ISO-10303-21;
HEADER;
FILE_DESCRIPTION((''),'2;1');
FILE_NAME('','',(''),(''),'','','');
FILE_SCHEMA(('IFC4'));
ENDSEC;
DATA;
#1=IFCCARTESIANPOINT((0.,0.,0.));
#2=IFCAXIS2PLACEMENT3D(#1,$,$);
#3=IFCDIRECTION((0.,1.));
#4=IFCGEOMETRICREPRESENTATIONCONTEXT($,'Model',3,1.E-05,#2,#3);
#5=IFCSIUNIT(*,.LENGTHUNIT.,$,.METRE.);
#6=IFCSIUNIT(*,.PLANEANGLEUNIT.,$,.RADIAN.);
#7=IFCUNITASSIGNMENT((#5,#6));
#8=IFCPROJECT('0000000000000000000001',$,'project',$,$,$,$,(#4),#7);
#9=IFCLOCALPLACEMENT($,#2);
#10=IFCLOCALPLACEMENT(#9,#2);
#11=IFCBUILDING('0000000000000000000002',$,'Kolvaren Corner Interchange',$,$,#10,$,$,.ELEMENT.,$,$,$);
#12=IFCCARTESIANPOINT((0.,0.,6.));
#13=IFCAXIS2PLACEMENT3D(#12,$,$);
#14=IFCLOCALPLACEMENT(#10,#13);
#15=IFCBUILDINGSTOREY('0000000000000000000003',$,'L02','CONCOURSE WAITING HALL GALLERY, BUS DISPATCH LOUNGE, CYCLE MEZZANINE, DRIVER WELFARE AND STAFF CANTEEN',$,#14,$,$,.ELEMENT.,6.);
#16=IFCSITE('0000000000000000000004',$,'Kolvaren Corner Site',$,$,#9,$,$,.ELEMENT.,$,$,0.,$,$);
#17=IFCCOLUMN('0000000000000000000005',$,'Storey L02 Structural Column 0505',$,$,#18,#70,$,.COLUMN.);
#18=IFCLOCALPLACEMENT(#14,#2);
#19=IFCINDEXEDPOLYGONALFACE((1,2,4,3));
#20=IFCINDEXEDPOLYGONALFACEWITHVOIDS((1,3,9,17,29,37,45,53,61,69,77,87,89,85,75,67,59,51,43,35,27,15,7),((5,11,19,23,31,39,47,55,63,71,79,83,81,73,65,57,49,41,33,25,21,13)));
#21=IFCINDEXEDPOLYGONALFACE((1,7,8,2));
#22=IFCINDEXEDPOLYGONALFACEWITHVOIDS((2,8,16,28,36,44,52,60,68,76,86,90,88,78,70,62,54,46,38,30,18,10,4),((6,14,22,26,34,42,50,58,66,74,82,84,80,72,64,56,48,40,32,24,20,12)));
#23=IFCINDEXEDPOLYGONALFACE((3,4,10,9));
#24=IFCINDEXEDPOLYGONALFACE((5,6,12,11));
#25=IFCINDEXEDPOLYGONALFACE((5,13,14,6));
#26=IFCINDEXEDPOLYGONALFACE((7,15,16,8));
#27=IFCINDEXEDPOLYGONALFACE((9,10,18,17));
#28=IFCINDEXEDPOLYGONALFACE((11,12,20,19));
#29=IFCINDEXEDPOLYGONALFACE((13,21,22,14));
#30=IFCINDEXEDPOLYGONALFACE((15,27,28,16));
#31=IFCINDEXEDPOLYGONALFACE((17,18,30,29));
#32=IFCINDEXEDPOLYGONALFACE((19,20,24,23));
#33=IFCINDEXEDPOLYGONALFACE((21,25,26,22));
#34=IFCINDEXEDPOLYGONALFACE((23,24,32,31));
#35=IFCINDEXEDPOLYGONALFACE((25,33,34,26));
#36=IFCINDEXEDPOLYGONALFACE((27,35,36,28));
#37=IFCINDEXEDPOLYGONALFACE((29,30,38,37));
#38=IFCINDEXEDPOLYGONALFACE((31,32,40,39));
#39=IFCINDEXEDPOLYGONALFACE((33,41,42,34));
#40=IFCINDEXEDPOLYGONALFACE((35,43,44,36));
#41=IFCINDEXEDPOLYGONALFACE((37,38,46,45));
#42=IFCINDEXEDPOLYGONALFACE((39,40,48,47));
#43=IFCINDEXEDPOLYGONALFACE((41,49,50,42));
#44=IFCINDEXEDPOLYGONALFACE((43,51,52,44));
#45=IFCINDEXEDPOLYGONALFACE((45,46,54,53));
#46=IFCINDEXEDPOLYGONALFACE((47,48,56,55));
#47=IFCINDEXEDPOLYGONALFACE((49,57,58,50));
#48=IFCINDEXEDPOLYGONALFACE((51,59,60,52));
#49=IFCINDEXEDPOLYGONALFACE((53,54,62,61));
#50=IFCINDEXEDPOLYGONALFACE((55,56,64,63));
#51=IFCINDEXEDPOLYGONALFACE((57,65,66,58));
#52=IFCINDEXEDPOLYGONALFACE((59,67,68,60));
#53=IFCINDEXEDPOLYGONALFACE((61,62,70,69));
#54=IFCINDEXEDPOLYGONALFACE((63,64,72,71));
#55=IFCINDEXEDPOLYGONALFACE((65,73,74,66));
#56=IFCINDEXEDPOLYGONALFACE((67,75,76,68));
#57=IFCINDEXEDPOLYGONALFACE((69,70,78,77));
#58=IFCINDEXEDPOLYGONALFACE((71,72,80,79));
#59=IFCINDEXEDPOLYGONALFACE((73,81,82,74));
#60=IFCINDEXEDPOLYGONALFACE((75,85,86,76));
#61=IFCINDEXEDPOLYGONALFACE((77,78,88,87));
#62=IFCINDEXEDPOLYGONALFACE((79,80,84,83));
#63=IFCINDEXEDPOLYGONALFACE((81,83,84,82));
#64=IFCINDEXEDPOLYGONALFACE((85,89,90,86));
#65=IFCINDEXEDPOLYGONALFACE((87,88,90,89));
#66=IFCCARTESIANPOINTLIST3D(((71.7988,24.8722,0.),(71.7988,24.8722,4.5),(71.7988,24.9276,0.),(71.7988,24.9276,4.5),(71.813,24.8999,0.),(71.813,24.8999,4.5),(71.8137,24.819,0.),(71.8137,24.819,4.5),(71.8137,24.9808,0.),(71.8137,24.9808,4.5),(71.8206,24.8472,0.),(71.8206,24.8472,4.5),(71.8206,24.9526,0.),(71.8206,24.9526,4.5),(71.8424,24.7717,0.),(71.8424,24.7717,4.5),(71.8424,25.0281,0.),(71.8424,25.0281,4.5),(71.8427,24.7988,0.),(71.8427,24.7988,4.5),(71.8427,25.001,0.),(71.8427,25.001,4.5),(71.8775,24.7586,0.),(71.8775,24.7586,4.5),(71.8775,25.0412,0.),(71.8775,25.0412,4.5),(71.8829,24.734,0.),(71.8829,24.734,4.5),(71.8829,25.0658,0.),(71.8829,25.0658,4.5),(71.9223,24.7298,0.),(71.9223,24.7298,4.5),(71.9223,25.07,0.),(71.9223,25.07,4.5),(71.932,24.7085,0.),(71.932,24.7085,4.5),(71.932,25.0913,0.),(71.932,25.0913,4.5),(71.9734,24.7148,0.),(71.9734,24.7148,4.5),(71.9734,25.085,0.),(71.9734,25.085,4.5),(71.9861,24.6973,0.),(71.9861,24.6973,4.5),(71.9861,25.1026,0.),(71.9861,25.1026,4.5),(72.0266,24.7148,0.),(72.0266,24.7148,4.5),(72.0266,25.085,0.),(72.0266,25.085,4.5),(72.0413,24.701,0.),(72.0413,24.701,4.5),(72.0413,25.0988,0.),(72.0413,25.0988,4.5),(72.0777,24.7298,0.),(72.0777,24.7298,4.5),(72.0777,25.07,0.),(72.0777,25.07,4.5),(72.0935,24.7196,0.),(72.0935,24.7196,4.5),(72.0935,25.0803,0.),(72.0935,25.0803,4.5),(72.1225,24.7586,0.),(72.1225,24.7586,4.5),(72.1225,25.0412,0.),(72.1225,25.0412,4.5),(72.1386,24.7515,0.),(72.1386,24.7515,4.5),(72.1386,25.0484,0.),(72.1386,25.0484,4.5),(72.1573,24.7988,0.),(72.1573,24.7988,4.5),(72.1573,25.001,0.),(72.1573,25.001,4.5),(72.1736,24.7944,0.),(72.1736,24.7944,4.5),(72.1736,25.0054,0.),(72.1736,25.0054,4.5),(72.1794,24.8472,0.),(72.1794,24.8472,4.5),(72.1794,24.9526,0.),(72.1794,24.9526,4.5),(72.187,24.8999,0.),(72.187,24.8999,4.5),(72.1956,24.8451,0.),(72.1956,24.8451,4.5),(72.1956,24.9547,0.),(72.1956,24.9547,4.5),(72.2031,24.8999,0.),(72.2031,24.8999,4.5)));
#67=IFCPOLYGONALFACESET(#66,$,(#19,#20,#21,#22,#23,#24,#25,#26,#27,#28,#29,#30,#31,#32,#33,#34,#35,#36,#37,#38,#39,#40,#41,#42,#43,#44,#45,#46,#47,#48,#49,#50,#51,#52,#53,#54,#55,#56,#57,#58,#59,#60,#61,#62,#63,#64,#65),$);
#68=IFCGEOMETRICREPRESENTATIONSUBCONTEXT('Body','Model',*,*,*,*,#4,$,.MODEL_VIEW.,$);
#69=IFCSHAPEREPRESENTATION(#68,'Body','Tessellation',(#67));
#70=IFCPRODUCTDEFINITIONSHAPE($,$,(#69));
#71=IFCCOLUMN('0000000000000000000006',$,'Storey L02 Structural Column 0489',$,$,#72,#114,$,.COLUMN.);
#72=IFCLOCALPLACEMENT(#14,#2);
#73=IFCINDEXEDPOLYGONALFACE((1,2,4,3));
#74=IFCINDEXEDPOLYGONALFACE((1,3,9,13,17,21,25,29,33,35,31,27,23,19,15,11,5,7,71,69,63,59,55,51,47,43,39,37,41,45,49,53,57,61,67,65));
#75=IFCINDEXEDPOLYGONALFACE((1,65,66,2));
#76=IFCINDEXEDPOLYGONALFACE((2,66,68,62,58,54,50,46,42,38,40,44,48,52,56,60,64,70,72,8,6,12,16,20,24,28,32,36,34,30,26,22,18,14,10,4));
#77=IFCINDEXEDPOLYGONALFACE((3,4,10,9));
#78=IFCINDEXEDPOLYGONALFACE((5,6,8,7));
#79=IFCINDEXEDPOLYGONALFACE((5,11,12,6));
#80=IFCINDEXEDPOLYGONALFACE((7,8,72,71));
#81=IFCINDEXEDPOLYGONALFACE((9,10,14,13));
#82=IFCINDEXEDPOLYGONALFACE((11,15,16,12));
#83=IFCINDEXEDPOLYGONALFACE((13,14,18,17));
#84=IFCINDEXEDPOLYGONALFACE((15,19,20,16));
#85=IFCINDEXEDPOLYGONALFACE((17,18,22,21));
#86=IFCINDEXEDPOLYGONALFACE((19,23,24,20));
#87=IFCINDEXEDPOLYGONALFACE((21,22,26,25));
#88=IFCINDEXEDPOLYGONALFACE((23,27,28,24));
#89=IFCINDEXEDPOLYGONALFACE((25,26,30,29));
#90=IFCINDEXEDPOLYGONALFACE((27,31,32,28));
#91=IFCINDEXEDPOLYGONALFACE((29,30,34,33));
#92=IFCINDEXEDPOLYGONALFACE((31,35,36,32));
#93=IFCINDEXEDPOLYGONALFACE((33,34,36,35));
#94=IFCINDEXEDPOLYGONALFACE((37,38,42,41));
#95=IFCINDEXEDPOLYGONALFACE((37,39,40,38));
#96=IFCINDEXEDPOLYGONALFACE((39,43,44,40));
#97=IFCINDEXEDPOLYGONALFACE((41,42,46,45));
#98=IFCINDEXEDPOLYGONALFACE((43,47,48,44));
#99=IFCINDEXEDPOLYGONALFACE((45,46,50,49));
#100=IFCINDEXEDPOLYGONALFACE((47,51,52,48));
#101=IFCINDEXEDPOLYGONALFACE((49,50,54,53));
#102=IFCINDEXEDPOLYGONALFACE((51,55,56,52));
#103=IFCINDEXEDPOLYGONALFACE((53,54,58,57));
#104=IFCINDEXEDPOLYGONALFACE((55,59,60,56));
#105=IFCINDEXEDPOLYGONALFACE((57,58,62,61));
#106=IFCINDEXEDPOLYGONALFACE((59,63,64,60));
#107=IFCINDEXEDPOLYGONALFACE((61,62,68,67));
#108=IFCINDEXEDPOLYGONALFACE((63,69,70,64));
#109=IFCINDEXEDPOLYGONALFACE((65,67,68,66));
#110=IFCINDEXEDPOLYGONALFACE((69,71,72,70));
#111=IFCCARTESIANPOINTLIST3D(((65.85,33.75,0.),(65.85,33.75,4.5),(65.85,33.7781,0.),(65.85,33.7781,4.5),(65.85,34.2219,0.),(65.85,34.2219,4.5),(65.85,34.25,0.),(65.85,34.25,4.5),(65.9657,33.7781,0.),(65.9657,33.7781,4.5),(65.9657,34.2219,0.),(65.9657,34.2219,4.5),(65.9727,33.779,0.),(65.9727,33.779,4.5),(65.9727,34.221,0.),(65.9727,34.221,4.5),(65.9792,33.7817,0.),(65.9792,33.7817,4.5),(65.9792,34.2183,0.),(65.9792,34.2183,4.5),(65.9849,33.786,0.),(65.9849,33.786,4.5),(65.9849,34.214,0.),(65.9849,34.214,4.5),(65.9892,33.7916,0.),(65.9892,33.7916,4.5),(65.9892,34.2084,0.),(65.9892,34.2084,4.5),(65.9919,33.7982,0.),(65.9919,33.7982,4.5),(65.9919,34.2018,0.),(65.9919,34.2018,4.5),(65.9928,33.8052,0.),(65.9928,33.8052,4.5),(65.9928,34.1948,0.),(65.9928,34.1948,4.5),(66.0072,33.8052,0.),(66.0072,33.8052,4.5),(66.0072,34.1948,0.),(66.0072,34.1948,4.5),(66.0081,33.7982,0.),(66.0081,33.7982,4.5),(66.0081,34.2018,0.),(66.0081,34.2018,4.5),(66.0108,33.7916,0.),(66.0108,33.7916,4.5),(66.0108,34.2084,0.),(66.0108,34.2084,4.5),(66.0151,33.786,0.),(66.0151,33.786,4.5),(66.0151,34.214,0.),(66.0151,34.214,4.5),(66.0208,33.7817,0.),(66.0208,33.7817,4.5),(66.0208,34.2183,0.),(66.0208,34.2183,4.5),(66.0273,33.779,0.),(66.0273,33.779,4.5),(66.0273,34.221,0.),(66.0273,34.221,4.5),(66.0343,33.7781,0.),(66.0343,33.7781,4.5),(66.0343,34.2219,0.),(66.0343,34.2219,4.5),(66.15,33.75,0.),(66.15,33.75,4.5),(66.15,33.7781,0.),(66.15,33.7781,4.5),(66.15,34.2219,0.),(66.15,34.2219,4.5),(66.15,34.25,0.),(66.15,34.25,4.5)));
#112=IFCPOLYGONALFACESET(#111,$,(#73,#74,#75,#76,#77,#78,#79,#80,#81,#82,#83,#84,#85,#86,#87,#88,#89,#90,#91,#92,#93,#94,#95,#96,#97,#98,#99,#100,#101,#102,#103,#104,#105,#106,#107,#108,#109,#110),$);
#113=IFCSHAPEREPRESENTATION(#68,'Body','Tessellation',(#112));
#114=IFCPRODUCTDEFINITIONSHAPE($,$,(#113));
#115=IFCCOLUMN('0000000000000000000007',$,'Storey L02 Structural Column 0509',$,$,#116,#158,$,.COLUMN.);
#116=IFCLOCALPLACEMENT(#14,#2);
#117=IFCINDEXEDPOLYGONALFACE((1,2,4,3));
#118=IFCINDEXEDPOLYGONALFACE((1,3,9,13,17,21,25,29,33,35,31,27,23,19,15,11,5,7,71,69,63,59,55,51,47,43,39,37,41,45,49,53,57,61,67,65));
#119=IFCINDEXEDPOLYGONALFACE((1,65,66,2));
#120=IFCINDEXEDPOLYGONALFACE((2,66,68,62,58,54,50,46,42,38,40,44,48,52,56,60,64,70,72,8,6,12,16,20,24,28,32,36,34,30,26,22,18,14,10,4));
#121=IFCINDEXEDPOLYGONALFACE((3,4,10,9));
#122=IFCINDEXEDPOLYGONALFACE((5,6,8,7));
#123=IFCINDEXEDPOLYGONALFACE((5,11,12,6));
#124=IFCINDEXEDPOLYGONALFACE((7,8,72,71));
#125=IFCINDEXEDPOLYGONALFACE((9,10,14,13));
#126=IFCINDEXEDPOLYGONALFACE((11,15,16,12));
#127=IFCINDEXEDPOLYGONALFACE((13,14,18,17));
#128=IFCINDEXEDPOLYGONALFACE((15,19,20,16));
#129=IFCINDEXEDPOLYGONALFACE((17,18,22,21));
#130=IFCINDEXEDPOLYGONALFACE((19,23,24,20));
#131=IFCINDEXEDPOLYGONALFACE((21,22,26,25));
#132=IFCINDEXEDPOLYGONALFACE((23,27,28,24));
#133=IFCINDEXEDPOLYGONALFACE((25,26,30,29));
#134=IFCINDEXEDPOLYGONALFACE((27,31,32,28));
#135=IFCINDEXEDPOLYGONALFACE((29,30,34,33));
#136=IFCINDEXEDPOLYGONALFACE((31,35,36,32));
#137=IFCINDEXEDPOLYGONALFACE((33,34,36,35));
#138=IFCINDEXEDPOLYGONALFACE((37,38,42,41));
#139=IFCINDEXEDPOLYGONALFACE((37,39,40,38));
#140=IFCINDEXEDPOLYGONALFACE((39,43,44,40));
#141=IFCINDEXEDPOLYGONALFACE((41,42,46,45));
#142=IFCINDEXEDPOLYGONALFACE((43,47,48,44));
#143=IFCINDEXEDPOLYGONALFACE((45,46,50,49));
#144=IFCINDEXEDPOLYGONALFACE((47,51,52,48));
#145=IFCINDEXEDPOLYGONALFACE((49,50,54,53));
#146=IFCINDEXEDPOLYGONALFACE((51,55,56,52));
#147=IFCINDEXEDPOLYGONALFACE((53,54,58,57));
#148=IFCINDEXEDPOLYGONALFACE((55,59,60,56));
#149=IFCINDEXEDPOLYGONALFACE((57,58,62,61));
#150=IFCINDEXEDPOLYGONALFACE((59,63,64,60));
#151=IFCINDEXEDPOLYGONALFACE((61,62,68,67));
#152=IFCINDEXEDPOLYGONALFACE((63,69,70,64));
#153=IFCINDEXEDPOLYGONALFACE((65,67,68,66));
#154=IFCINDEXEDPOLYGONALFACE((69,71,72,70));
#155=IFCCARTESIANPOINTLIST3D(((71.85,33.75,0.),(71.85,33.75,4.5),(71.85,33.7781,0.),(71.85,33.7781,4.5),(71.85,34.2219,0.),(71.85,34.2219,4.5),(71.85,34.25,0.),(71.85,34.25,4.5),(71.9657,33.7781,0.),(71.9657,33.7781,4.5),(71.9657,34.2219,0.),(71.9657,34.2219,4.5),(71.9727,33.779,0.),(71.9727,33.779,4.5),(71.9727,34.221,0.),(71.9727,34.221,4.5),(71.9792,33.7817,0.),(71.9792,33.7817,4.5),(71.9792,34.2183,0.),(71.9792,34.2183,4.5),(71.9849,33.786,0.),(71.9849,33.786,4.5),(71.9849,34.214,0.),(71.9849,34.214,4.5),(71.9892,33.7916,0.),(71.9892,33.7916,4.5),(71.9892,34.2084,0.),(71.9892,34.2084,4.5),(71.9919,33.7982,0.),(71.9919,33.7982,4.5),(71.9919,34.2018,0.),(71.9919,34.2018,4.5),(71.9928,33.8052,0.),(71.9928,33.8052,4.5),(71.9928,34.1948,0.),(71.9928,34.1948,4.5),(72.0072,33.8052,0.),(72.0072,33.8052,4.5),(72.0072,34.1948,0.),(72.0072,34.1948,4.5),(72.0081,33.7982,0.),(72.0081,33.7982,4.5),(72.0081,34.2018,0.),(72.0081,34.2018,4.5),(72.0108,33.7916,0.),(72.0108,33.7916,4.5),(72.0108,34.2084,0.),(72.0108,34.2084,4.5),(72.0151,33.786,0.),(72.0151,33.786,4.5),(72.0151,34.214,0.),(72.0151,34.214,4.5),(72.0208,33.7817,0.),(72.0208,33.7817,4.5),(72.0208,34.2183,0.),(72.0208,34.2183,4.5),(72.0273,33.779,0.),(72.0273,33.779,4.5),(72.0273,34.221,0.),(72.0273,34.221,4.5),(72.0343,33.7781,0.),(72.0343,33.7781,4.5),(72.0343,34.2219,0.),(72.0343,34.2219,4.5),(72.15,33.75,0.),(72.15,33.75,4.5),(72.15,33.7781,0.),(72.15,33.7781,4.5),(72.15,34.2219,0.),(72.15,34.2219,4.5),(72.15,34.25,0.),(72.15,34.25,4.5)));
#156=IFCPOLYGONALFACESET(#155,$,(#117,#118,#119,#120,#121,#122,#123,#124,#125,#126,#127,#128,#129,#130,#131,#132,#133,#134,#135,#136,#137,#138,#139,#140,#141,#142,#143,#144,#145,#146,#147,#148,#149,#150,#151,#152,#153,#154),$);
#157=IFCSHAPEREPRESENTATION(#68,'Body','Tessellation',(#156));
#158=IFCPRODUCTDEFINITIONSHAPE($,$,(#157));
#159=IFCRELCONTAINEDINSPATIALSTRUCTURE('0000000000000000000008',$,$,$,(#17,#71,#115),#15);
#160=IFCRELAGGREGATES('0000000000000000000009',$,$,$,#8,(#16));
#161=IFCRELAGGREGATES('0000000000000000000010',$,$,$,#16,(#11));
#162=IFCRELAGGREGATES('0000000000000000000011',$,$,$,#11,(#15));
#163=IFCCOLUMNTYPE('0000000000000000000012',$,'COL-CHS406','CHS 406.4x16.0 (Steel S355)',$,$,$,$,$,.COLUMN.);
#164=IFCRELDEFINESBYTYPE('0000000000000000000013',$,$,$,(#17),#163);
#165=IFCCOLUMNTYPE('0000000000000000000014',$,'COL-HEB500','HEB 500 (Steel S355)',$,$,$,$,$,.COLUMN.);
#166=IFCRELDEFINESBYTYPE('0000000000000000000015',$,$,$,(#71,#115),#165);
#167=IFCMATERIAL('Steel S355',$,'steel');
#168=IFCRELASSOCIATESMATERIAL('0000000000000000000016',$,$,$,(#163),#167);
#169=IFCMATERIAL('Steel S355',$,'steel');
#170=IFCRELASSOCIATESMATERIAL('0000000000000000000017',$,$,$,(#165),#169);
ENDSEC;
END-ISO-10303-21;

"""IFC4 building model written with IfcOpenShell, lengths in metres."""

from ifc_helpers import new_model, si_unit, direction, frame, origin, origin_2d, place, context, subcontext, project, spatial, hollow_circle, i_section, extrude, material, material_profile, profile_set, type_object, element, save


model = new_model("IFC4")

# Units and contexts
model_context = context("Model", 3, precision=1e-05, world=origin(), true_north=direction((0.0, 1.0)))
body_context = subcontext(model_context, "Body", "Model", "MODEL_VIEW")
ifc_project = project(units=[si_unit("LENGTHUNIT", "METRE"), si_unit("PLANEANGLEUNIT", "RADIAN")], contexts=[model_context])

# Site, building, storey
site_placement = place(None, origin())
site = spatial("IfcSite", under=ifc_project, at=site_placement, Name="Kolvaren Corner Site", CompositionType="ELEMENT", RefElevation=0.0)
building_placement = place(site_placement, origin())
building = spatial("IfcBuilding", under=site, at=building_placement, Name="Kolvaren Corner Interchange", CompositionType="ELEMENT")
storey_placement = place(building_placement, frame((0.0, 0.0, 6.0)))
storey = spatial("IfcBuildingStorey", under=building, at=storey_placement, Name="L02", Description="CONCOURSE WAITING HALL GALLERY, BUS DISPATCH LOUNGE, CYCLE MEZZANINE, DRIVER WELFARE AND STAFF CANTEEN", CompositionType="ELEMENT", Elevation=6.0)

# Columns
ifc_material_1 = material(Name="Steel S355", Category="steel")
ifc_material_profile_1 = material_profile(ifc_material_1, hollow_circle(Radius=0.2031, WallThickness=0.0161, at=origin_2d()), Name="CHS 406.4x16.0")
ifc_profile_set_1 = profile_set([ifc_material_profile_1], Name="Steel S355")
column_type_1 = type_object("IfcColumnType", Name="COL-CHS406", Description="CHS 406.4x16.0 (Steel S355)", PredefinedType="COLUMN", material=ifc_profile_set_1)
column_placement = place(storey_placement, frame((72.0, 24.8999, 0.0), z_axis=(0.0, 0.0, 1.0), x_axis=(1.0, 0.0, 0.0)))
element("IfcColumn", 1, at=column_placement, inside=storey, type_object=column_type_1, Name="Storey L02 Structural Column 0505", PredefinedType="COLUMN", context=body_context, shape_type="SweptSolid", body=[
    extrude(hollow_circle(Radius=0.2031, WallThickness=0.0161, at=origin_2d()), origin(), (0.0, 0.0, 1.0), 4.5),
])
ifc_material_2 = material(Name="Steel S355", Category="steel")
ifc_material_profile_2 = material_profile(ifc_material_2, i_section(OverallWidth=0.3, OverallDepth=0.5, WebThickness=0.0144, FlangeThickness=0.0281, FilletRadius=0.0271, at=origin_2d()), Name="HEB 500")
ifc_profile_set_2 = profile_set([ifc_material_profile_2], Name="Steel S355")
column_type_2 = type_object("IfcColumnType", Name="COL-HEB500", Description="HEB 500 (Steel S355)", PredefinedType="COLUMN", material=ifc_profile_set_2)
for number, where, z_axis, x_axis, name in (
    (2, (66.0, 34.0, 0.0), (0.0, 0.0, 1.0), (1.0, 0.0, 0.0), "Storey L02 Structural Column 0489"),
    (3, (72.0, 34.0, 0.0), (0.0, 0.0, 1.0), (1.0, 0.0, 0.0), "Storey L02 Structural Column 0509"),
):
    element("IfcColumn", number, at=place(storey_placement, frame(where, z_axis=z_axis, x_axis=x_axis)), inside=storey, type_object=column_type_2, Name=name, PredefinedType="COLUMN", context=body_context, shape_type="SweptSolid", body=[
        extrude(i_section(OverallWidth=0.3, OverallDepth=0.5, WebThickness=0.0144, FlangeThickness=0.0281, FilletRadius=0.0271, at=origin_2d()), origin(), (0.0, 0.0, 1.0), 4.5),
    ])

save(model, "model.ifc")
